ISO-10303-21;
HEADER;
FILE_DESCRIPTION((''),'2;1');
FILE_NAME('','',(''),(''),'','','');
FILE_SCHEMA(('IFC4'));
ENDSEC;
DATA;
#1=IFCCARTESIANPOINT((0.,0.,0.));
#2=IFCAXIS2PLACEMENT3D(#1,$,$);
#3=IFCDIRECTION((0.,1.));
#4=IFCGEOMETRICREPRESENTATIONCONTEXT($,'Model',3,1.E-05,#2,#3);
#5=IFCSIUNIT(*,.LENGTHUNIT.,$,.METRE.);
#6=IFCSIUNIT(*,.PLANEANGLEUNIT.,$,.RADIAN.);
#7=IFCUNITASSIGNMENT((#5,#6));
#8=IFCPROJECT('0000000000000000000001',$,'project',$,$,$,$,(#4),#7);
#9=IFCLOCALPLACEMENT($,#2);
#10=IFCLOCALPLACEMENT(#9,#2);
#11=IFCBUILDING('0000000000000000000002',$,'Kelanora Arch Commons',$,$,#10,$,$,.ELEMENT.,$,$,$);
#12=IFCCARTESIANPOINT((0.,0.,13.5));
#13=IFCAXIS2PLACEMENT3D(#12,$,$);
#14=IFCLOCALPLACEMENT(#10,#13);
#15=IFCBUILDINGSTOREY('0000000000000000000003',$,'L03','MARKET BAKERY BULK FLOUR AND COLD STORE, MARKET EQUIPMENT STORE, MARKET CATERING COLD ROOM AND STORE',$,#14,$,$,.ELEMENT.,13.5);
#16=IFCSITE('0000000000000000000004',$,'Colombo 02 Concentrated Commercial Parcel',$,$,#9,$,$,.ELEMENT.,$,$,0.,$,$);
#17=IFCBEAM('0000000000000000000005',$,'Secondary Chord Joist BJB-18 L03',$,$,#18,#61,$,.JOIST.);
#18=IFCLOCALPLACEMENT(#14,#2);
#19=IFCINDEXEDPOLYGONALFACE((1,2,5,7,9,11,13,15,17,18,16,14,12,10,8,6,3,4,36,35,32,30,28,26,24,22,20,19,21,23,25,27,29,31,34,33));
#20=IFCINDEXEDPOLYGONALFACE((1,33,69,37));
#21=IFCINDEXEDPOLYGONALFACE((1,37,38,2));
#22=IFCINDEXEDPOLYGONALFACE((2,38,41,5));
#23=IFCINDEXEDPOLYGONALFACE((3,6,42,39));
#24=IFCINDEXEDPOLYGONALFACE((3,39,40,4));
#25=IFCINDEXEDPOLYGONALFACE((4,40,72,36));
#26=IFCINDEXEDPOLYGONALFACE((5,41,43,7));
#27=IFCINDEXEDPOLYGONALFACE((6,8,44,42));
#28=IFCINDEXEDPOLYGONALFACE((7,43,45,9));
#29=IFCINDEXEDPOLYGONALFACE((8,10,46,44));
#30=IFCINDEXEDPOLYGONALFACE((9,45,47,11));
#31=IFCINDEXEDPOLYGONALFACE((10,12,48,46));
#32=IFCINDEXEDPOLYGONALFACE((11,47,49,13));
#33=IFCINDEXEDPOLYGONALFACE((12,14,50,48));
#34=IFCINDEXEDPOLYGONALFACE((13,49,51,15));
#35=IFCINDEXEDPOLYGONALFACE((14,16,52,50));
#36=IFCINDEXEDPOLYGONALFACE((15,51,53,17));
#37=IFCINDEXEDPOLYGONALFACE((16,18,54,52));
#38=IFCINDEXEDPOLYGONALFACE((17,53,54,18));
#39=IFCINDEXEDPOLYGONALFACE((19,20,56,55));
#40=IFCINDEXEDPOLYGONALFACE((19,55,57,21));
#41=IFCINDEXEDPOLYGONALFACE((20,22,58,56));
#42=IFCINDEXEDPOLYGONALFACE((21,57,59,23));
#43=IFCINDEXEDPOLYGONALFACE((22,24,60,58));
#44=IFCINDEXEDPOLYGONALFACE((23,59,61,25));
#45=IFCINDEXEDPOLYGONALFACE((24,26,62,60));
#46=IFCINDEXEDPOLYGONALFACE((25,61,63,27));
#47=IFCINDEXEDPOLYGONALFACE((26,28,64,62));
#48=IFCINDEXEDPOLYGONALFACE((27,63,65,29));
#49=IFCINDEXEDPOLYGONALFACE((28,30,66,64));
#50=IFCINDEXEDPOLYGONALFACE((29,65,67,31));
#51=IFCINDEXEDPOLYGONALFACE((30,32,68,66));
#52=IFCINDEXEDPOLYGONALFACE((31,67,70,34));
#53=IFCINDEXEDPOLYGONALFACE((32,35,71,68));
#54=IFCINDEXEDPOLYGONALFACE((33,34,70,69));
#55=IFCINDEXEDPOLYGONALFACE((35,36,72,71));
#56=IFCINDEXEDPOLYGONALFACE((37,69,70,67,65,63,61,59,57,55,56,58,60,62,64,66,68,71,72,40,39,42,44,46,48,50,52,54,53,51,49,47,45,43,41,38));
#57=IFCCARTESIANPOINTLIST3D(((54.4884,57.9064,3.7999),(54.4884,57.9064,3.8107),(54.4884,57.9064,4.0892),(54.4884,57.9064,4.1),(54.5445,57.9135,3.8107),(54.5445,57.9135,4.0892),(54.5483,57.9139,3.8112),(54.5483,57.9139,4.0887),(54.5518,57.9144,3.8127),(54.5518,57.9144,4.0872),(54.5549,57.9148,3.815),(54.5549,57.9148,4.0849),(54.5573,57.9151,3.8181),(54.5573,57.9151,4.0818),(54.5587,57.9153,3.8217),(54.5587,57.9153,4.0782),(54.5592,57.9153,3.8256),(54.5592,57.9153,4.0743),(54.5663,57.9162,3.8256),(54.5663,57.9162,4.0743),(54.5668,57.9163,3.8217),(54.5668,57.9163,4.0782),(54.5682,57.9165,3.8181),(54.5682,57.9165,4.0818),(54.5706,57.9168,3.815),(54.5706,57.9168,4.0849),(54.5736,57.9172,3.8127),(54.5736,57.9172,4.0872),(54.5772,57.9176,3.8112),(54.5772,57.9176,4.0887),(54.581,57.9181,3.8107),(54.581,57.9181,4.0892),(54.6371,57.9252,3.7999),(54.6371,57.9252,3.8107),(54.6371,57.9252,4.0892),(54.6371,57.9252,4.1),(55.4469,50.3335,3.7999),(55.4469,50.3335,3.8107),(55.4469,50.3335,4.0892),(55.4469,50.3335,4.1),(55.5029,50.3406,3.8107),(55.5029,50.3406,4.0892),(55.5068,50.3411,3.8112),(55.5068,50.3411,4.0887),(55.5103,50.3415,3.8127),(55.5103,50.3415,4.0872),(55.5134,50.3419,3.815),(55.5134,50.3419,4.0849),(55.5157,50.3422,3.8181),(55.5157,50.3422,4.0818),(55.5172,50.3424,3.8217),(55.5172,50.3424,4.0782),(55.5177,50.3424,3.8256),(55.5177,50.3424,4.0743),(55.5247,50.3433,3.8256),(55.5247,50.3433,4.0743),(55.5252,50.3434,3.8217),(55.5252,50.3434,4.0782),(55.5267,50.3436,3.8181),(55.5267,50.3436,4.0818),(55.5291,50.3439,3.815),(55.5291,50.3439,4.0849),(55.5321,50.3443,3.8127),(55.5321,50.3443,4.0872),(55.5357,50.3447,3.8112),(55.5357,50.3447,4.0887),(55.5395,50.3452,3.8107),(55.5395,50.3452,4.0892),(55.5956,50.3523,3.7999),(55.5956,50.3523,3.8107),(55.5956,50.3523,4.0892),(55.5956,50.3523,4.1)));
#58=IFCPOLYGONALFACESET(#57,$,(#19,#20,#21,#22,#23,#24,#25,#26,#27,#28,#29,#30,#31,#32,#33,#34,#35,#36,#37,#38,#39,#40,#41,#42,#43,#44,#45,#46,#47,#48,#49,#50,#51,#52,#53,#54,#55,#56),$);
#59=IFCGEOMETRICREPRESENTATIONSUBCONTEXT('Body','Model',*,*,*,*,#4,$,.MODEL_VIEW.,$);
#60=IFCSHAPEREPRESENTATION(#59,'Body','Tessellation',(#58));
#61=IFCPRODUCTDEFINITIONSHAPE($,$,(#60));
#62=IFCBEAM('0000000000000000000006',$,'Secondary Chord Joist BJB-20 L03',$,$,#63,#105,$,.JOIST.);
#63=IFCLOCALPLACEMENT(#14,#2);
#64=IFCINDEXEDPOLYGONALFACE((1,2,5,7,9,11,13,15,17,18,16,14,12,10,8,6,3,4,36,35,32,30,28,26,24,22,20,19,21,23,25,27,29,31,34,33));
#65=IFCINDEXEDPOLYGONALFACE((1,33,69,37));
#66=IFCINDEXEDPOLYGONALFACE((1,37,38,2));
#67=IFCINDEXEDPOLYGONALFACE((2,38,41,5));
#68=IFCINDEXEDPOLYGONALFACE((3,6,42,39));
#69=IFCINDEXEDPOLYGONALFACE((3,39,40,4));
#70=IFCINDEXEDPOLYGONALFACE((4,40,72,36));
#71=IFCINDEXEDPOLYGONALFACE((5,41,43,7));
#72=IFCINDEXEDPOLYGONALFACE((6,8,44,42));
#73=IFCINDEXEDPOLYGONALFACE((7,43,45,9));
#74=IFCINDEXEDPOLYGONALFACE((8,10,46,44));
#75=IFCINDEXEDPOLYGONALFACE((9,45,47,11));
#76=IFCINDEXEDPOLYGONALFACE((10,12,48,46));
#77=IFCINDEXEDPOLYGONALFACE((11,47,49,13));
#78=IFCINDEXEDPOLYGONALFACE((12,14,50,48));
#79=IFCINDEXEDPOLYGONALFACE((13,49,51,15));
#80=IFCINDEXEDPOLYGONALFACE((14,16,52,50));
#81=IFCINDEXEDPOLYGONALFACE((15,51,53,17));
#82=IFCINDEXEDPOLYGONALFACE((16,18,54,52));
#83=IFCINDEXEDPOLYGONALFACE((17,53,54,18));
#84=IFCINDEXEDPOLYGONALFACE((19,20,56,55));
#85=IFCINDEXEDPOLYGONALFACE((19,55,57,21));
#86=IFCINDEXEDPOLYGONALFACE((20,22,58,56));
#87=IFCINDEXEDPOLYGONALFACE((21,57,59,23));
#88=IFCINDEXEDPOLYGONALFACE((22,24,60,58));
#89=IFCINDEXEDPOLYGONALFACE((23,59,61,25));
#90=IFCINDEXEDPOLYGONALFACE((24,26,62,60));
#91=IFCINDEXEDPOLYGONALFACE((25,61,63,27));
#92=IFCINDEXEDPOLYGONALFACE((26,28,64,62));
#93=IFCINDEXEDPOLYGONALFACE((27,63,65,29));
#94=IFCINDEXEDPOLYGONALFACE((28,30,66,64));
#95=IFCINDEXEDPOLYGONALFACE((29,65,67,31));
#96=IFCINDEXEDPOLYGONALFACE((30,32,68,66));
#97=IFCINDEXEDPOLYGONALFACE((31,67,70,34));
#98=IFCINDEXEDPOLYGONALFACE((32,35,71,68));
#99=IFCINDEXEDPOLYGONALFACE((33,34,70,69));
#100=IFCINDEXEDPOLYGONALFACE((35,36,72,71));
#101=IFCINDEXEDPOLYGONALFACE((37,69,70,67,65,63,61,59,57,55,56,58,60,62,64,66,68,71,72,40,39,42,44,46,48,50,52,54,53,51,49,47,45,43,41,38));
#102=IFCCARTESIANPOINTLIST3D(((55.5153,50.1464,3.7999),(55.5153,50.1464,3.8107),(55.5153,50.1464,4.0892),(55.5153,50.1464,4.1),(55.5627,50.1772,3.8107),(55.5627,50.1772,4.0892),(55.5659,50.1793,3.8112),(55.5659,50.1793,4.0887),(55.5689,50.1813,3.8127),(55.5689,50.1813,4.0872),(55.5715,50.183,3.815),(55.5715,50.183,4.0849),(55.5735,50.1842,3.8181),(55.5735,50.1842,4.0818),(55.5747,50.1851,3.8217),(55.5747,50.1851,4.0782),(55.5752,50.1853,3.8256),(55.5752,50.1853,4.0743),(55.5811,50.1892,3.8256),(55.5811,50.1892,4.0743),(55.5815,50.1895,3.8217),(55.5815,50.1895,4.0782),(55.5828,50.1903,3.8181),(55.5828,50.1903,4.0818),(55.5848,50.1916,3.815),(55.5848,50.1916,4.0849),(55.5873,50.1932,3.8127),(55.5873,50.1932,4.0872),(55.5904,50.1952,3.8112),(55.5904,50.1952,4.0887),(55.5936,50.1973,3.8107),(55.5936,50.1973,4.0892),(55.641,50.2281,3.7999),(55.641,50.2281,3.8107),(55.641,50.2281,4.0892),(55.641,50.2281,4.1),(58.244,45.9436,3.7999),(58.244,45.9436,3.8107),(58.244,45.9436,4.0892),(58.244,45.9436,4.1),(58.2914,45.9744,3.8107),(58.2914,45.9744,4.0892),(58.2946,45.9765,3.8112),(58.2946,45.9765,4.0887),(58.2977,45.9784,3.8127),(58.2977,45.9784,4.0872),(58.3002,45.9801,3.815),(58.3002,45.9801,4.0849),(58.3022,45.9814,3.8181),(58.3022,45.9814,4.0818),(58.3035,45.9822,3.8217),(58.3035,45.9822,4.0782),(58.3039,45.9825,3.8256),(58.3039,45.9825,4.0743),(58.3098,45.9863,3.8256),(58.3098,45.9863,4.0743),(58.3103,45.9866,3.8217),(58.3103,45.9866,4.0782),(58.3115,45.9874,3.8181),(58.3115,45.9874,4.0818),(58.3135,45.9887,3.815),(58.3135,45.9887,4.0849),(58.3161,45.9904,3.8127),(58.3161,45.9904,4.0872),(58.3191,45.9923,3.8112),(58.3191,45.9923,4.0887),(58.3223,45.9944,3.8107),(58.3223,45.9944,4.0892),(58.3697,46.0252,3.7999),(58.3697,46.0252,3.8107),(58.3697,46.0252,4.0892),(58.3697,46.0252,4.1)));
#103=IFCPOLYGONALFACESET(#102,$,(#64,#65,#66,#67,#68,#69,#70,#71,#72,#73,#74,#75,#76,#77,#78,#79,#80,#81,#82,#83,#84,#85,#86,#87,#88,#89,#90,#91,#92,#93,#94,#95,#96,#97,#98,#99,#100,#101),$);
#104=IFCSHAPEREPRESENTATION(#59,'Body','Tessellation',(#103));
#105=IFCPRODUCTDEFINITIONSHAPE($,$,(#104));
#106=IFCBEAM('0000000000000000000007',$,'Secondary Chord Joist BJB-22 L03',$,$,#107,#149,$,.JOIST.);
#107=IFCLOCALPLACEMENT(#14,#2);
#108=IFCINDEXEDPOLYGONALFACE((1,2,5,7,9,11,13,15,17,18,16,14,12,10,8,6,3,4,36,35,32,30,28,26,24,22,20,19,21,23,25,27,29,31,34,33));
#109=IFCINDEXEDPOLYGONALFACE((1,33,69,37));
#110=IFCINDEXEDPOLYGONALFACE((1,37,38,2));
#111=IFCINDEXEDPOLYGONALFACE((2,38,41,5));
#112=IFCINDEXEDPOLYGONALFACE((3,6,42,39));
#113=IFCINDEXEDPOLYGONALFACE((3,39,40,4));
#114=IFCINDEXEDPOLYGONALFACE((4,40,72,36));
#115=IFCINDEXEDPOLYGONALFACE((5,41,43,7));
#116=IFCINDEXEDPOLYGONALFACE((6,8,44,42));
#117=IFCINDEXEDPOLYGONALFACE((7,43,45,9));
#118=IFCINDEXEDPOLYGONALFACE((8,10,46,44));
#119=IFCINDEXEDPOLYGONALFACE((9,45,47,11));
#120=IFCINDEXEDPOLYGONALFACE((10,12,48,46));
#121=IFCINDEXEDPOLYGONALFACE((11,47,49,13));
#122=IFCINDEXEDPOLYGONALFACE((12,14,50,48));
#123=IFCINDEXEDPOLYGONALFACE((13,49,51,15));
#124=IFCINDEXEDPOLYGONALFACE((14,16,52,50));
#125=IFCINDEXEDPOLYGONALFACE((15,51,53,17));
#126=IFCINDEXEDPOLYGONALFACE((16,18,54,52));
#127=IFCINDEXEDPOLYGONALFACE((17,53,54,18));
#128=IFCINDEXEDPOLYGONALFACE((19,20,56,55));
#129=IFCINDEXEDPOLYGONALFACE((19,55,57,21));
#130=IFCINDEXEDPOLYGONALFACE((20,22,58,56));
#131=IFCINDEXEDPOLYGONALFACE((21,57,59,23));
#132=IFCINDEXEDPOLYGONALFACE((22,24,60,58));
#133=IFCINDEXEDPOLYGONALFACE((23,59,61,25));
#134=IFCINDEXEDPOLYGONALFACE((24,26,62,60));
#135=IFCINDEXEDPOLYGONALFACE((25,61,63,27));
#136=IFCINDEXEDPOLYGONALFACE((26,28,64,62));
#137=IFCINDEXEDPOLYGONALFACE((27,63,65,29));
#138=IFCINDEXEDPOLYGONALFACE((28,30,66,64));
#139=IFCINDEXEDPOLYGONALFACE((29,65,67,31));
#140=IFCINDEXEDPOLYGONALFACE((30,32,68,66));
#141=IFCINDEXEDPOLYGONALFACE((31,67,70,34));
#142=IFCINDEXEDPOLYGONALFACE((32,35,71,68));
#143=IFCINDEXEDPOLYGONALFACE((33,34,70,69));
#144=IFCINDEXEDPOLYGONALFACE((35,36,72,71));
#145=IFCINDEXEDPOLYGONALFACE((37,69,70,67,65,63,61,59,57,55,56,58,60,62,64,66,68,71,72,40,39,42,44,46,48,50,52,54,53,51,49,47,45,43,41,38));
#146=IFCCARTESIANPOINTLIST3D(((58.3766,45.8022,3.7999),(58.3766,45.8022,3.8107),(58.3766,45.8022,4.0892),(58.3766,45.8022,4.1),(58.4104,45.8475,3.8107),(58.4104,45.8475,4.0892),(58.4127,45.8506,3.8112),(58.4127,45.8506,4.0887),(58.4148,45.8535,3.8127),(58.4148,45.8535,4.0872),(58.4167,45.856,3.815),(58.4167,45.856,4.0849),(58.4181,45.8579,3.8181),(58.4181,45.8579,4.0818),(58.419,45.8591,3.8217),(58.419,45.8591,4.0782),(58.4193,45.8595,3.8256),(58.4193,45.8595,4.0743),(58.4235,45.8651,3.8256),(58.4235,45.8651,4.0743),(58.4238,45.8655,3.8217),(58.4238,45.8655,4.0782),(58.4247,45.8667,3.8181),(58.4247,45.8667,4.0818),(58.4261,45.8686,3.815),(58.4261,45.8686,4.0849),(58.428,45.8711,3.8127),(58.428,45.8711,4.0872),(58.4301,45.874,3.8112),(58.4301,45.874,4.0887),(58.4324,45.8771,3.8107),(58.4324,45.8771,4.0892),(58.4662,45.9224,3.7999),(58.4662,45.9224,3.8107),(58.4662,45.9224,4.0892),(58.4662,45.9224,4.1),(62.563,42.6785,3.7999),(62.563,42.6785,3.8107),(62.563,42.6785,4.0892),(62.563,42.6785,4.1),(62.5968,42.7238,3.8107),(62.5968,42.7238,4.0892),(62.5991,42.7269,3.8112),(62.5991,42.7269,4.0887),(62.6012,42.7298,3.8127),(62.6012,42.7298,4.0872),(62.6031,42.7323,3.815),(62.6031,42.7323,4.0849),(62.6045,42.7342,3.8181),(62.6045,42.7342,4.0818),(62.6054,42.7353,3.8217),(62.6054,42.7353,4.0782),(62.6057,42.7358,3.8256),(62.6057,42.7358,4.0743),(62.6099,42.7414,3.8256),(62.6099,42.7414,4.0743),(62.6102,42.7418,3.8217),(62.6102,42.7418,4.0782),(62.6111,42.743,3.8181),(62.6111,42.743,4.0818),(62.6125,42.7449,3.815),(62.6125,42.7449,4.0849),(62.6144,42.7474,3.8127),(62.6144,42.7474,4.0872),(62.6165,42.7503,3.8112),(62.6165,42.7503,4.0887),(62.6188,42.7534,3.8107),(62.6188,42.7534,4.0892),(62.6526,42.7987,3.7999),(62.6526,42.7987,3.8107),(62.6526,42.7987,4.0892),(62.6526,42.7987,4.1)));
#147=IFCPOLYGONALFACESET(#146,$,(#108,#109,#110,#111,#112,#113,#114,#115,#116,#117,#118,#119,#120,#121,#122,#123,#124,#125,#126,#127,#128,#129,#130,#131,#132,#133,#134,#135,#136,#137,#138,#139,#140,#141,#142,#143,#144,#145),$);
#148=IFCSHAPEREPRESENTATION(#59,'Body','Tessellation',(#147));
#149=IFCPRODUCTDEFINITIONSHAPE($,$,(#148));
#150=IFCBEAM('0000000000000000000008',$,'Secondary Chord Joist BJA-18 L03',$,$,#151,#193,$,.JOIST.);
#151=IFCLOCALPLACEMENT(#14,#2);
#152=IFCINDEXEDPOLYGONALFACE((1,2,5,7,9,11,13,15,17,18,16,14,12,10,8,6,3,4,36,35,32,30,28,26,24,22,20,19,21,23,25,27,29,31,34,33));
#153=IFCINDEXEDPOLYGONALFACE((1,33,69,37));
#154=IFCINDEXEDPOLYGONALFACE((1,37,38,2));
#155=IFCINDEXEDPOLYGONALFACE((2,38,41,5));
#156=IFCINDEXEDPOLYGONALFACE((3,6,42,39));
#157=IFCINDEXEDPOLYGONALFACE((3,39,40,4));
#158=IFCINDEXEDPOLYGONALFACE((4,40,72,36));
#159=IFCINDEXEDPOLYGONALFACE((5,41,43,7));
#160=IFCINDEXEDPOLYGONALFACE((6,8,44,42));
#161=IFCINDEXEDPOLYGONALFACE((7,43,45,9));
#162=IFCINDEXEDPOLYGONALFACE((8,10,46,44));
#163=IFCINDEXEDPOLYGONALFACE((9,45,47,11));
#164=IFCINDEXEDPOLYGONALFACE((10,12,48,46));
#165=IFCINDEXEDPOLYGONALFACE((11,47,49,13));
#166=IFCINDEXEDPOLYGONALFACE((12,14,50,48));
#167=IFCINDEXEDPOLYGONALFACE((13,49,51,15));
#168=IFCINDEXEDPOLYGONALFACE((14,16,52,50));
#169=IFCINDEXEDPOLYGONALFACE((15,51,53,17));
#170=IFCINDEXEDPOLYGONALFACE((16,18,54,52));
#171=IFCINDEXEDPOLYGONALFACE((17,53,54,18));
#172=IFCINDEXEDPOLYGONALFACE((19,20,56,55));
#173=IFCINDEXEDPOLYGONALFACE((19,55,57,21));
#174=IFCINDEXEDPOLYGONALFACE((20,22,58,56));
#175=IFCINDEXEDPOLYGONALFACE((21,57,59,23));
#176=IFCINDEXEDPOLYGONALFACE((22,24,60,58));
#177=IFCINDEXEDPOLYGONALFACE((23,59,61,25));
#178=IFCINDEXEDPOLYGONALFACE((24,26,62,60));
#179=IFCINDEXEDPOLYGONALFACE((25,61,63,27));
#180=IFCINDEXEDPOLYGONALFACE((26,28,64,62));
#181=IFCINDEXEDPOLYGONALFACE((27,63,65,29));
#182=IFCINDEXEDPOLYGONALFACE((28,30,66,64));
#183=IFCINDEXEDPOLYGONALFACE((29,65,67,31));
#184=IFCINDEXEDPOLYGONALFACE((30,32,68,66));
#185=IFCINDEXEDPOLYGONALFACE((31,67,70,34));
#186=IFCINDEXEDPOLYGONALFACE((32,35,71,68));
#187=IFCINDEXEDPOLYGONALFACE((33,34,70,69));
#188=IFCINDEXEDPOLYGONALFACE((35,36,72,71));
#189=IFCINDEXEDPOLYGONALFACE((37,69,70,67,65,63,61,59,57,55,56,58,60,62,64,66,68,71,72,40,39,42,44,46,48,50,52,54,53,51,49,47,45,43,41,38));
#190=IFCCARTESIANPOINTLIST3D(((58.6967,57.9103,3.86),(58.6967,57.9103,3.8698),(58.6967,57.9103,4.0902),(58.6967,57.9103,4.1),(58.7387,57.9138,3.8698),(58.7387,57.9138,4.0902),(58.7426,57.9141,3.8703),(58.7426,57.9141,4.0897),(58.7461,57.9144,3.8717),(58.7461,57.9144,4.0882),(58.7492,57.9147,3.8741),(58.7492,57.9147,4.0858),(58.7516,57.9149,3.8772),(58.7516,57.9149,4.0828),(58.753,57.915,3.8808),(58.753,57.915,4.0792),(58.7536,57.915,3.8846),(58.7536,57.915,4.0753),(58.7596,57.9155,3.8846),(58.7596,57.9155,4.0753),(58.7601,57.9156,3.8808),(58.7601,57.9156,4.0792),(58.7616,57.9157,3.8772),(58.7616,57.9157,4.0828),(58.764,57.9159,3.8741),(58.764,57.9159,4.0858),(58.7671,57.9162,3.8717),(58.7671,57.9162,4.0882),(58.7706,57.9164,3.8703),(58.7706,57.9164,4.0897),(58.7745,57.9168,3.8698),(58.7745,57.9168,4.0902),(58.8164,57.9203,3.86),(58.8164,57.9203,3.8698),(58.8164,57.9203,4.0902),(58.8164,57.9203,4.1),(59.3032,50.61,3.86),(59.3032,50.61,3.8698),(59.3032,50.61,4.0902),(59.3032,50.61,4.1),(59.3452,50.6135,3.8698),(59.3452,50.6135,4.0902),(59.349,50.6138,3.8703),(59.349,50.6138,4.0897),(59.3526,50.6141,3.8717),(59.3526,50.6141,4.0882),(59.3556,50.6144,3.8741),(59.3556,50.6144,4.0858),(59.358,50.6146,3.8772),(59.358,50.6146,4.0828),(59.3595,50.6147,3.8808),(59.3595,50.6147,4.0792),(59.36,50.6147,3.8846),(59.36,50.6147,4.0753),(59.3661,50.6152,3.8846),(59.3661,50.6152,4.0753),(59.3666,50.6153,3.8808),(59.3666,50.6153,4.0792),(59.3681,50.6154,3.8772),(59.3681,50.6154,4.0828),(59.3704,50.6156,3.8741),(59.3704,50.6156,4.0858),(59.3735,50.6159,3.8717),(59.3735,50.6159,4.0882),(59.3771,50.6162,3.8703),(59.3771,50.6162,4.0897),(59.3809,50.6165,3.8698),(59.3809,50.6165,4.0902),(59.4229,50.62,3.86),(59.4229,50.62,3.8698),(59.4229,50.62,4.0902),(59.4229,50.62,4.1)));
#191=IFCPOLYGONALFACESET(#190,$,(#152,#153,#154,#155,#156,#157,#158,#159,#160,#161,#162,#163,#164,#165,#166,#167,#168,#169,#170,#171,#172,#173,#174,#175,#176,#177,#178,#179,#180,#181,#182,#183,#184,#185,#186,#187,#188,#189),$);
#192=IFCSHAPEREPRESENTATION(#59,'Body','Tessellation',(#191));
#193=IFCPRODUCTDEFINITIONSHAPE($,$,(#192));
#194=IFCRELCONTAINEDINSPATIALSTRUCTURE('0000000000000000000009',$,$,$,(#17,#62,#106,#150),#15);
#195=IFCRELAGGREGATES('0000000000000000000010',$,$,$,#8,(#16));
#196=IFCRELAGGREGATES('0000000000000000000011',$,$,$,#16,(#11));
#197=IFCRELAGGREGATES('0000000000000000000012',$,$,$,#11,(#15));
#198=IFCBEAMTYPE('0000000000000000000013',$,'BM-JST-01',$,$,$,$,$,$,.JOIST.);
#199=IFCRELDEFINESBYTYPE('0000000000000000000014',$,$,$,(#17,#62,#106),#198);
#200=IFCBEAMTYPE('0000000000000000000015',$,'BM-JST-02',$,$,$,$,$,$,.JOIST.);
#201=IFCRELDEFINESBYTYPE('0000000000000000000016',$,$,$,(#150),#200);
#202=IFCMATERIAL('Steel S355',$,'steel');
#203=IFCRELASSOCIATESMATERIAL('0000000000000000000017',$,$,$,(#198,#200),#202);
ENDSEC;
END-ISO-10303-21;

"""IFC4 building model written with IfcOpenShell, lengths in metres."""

from ifc_helpers import new_model, si_unit, direction, frame, origin, origin_2d, place, context, subcontext, project, spatial, i_section, extrude, material, material_profile, profile_set, type_object, element, save


model = new_model("IFC4")

# Units and contexts
model_context = context("Model", 3, precision=1e-05, world=origin(), true_north=direction((0.0, 1.0)))
body_context = subcontext(model_context, "Body", "Model", "MODEL_VIEW")
ifc_project = project(units=[si_unit("LENGTHUNIT", "METRE"), si_unit("PLANEANGLEUNIT", "RADIAN")], contexts=[model_context])

# Site, building, storey
site_placement = place(None, origin())
site = spatial("IfcSite", under=ifc_project, at=site_placement, Name="Colombo 02 Concentrated Commercial Parcel", CompositionType="ELEMENT", RefElevation=0.0)
building_placement = place(site_placement, origin())
building = spatial("IfcBuilding", under=site, at=building_placement, Name="Kelanora Arch Commons", CompositionType="ELEMENT")
storey_placement = place(building_placement, frame((0.0, 0.0, 13.5)))
storey = spatial("IfcBuildingStorey", under=building, at=storey_placement, Name="L03", Description="MARKET BAKERY BULK FLOUR AND COLD STORE, MARKET EQUIPMENT STORE, MARKET CATERING COLD ROOM AND STORE", CompositionType="ELEMENT", Elevation=13.5)

# Beams
ifc_material_1 = material(Name="Steel S355", Category="steel")
ifc_material_profile_1 = material_profile(ifc_material_1, i_section(OverallWidth=0.1499, OverallDepth=0.3, WebThickness=0.0071, FlangeThickness=0.0107, FilletRadius=0.0149, at=origin_2d()), Name="IPE300")
ifc_profile_set_1 = profile_set([ifc_material_profile_1], Name="Steel S355")
beam_type_1 = type_object("IfcBeamType", Name="BM-JST-01", PredefinedType="JOIST", material=ifc_profile_set_1)
beam_1_placement = place(storey_placement, frame((54.5627, 57.9158, 3.95), z_axis=(0.125566, -0.992085, 0.0), x_axis=(0.992085, 0.125566, 0.0)))
element("IfcBeam", 1, at=beam_1_placement, inside=storey, type_object=beam_type_1, Name="Secondary Chord Joist BJB-18 L03", PredefinedType="JOIST", context=body_context, shape_type="SweptSolid", body=[
    extrude(i_section(OverallWidth=0.1499, OverallDepth=0.3, WebThickness=0.0071, FlangeThickness=0.0107, FilletRadius=0.0149, at=origin_2d()), origin(), (0.0, 0.0, 1.0), 7.6333),
])
beam_2_placement = place(storey_placement, frame((55.5781, 50.1873, 3.95), z_axis=(0.544552, -0.838727, 0.0), x_axis=(0.838727, 0.544552, 0.0)))
element("IfcBeam", 2, at=beam_2_placement, inside=storey, type_object=beam_type_1, Name="Secondary Chord Joist BJB-20 L03", PredefinedType="JOIST", context=body_context, shape_type="SweptSolid", body=[
    extrude(i_section(OverallWidth=0.1499, OverallDepth=0.3, WebThickness=0.0071, FlangeThickness=0.0107, FilletRadius=0.0149, at=origin_2d()), origin(), (0.0, 0.0, 1.0), 5.011),
])
beam_3_placement = place(storey_placement, frame((58.4214, 45.8623, 3.95), z_axis=(0.801478, -0.598024, 0.0), x_axis=(0.598024, 0.801478, 0.0)))
element("IfcBeam", 3, at=beam_3_placement, inside=storey, type_object=beam_type_1, Name="Secondary Chord Joist BJB-22 L03", PredefinedType="JOIST", context=body_context, shape_type="SweptSolid", body=[
    extrude(i_section(OverallWidth=0.1499, OverallDepth=0.3, WebThickness=0.0071, FlangeThickness=0.0107, FilletRadius=0.0149, at=origin_2d()), origin(), (0.0, 0.0, 1.0), 5.2234),
])
ifc_material_profile_2 = material_profile(ifc_material_1, i_section(OverallWidth=0.1201, OverallDepth=0.24, WebThickness=0.0061, FlangeThickness=0.0098, FilletRadius=0.0149, at=origin_2d()), Name="IPE240")
ifc_profile_set_2 = profile_set([ifc_material_profile_2], Name="Steel S355")
beam_type_2 = type_object("IfcBeamType", Name="BM-JST-02", PredefinedType="JOIST", material=ifc_profile_set_2)
beam_4_placement = place(storey_placement, frame((58.7566, 57.9153, 3.98), z_axis=(0.082786, -0.996567, 0.0), x_axis=(0.996567, 0.082786, 0.0)))
element("IfcBeam", 4, at=beam_4_placement, inside=storey, type_object=beam_type_2, Name="Secondary Chord Joist BJA-18 L03", PredefinedType="JOIST", context=body_context, shape_type="SweptSolid", body=[
    extrude(i_section(OverallWidth=0.1201, OverallDepth=0.24, WebThickness=0.0061, FlangeThickness=0.0098, FilletRadius=0.0149, at=origin_2d()), origin(), (0.0, 0.0, 1.0), 7.3254),
])

save(model, "model.ifc")
